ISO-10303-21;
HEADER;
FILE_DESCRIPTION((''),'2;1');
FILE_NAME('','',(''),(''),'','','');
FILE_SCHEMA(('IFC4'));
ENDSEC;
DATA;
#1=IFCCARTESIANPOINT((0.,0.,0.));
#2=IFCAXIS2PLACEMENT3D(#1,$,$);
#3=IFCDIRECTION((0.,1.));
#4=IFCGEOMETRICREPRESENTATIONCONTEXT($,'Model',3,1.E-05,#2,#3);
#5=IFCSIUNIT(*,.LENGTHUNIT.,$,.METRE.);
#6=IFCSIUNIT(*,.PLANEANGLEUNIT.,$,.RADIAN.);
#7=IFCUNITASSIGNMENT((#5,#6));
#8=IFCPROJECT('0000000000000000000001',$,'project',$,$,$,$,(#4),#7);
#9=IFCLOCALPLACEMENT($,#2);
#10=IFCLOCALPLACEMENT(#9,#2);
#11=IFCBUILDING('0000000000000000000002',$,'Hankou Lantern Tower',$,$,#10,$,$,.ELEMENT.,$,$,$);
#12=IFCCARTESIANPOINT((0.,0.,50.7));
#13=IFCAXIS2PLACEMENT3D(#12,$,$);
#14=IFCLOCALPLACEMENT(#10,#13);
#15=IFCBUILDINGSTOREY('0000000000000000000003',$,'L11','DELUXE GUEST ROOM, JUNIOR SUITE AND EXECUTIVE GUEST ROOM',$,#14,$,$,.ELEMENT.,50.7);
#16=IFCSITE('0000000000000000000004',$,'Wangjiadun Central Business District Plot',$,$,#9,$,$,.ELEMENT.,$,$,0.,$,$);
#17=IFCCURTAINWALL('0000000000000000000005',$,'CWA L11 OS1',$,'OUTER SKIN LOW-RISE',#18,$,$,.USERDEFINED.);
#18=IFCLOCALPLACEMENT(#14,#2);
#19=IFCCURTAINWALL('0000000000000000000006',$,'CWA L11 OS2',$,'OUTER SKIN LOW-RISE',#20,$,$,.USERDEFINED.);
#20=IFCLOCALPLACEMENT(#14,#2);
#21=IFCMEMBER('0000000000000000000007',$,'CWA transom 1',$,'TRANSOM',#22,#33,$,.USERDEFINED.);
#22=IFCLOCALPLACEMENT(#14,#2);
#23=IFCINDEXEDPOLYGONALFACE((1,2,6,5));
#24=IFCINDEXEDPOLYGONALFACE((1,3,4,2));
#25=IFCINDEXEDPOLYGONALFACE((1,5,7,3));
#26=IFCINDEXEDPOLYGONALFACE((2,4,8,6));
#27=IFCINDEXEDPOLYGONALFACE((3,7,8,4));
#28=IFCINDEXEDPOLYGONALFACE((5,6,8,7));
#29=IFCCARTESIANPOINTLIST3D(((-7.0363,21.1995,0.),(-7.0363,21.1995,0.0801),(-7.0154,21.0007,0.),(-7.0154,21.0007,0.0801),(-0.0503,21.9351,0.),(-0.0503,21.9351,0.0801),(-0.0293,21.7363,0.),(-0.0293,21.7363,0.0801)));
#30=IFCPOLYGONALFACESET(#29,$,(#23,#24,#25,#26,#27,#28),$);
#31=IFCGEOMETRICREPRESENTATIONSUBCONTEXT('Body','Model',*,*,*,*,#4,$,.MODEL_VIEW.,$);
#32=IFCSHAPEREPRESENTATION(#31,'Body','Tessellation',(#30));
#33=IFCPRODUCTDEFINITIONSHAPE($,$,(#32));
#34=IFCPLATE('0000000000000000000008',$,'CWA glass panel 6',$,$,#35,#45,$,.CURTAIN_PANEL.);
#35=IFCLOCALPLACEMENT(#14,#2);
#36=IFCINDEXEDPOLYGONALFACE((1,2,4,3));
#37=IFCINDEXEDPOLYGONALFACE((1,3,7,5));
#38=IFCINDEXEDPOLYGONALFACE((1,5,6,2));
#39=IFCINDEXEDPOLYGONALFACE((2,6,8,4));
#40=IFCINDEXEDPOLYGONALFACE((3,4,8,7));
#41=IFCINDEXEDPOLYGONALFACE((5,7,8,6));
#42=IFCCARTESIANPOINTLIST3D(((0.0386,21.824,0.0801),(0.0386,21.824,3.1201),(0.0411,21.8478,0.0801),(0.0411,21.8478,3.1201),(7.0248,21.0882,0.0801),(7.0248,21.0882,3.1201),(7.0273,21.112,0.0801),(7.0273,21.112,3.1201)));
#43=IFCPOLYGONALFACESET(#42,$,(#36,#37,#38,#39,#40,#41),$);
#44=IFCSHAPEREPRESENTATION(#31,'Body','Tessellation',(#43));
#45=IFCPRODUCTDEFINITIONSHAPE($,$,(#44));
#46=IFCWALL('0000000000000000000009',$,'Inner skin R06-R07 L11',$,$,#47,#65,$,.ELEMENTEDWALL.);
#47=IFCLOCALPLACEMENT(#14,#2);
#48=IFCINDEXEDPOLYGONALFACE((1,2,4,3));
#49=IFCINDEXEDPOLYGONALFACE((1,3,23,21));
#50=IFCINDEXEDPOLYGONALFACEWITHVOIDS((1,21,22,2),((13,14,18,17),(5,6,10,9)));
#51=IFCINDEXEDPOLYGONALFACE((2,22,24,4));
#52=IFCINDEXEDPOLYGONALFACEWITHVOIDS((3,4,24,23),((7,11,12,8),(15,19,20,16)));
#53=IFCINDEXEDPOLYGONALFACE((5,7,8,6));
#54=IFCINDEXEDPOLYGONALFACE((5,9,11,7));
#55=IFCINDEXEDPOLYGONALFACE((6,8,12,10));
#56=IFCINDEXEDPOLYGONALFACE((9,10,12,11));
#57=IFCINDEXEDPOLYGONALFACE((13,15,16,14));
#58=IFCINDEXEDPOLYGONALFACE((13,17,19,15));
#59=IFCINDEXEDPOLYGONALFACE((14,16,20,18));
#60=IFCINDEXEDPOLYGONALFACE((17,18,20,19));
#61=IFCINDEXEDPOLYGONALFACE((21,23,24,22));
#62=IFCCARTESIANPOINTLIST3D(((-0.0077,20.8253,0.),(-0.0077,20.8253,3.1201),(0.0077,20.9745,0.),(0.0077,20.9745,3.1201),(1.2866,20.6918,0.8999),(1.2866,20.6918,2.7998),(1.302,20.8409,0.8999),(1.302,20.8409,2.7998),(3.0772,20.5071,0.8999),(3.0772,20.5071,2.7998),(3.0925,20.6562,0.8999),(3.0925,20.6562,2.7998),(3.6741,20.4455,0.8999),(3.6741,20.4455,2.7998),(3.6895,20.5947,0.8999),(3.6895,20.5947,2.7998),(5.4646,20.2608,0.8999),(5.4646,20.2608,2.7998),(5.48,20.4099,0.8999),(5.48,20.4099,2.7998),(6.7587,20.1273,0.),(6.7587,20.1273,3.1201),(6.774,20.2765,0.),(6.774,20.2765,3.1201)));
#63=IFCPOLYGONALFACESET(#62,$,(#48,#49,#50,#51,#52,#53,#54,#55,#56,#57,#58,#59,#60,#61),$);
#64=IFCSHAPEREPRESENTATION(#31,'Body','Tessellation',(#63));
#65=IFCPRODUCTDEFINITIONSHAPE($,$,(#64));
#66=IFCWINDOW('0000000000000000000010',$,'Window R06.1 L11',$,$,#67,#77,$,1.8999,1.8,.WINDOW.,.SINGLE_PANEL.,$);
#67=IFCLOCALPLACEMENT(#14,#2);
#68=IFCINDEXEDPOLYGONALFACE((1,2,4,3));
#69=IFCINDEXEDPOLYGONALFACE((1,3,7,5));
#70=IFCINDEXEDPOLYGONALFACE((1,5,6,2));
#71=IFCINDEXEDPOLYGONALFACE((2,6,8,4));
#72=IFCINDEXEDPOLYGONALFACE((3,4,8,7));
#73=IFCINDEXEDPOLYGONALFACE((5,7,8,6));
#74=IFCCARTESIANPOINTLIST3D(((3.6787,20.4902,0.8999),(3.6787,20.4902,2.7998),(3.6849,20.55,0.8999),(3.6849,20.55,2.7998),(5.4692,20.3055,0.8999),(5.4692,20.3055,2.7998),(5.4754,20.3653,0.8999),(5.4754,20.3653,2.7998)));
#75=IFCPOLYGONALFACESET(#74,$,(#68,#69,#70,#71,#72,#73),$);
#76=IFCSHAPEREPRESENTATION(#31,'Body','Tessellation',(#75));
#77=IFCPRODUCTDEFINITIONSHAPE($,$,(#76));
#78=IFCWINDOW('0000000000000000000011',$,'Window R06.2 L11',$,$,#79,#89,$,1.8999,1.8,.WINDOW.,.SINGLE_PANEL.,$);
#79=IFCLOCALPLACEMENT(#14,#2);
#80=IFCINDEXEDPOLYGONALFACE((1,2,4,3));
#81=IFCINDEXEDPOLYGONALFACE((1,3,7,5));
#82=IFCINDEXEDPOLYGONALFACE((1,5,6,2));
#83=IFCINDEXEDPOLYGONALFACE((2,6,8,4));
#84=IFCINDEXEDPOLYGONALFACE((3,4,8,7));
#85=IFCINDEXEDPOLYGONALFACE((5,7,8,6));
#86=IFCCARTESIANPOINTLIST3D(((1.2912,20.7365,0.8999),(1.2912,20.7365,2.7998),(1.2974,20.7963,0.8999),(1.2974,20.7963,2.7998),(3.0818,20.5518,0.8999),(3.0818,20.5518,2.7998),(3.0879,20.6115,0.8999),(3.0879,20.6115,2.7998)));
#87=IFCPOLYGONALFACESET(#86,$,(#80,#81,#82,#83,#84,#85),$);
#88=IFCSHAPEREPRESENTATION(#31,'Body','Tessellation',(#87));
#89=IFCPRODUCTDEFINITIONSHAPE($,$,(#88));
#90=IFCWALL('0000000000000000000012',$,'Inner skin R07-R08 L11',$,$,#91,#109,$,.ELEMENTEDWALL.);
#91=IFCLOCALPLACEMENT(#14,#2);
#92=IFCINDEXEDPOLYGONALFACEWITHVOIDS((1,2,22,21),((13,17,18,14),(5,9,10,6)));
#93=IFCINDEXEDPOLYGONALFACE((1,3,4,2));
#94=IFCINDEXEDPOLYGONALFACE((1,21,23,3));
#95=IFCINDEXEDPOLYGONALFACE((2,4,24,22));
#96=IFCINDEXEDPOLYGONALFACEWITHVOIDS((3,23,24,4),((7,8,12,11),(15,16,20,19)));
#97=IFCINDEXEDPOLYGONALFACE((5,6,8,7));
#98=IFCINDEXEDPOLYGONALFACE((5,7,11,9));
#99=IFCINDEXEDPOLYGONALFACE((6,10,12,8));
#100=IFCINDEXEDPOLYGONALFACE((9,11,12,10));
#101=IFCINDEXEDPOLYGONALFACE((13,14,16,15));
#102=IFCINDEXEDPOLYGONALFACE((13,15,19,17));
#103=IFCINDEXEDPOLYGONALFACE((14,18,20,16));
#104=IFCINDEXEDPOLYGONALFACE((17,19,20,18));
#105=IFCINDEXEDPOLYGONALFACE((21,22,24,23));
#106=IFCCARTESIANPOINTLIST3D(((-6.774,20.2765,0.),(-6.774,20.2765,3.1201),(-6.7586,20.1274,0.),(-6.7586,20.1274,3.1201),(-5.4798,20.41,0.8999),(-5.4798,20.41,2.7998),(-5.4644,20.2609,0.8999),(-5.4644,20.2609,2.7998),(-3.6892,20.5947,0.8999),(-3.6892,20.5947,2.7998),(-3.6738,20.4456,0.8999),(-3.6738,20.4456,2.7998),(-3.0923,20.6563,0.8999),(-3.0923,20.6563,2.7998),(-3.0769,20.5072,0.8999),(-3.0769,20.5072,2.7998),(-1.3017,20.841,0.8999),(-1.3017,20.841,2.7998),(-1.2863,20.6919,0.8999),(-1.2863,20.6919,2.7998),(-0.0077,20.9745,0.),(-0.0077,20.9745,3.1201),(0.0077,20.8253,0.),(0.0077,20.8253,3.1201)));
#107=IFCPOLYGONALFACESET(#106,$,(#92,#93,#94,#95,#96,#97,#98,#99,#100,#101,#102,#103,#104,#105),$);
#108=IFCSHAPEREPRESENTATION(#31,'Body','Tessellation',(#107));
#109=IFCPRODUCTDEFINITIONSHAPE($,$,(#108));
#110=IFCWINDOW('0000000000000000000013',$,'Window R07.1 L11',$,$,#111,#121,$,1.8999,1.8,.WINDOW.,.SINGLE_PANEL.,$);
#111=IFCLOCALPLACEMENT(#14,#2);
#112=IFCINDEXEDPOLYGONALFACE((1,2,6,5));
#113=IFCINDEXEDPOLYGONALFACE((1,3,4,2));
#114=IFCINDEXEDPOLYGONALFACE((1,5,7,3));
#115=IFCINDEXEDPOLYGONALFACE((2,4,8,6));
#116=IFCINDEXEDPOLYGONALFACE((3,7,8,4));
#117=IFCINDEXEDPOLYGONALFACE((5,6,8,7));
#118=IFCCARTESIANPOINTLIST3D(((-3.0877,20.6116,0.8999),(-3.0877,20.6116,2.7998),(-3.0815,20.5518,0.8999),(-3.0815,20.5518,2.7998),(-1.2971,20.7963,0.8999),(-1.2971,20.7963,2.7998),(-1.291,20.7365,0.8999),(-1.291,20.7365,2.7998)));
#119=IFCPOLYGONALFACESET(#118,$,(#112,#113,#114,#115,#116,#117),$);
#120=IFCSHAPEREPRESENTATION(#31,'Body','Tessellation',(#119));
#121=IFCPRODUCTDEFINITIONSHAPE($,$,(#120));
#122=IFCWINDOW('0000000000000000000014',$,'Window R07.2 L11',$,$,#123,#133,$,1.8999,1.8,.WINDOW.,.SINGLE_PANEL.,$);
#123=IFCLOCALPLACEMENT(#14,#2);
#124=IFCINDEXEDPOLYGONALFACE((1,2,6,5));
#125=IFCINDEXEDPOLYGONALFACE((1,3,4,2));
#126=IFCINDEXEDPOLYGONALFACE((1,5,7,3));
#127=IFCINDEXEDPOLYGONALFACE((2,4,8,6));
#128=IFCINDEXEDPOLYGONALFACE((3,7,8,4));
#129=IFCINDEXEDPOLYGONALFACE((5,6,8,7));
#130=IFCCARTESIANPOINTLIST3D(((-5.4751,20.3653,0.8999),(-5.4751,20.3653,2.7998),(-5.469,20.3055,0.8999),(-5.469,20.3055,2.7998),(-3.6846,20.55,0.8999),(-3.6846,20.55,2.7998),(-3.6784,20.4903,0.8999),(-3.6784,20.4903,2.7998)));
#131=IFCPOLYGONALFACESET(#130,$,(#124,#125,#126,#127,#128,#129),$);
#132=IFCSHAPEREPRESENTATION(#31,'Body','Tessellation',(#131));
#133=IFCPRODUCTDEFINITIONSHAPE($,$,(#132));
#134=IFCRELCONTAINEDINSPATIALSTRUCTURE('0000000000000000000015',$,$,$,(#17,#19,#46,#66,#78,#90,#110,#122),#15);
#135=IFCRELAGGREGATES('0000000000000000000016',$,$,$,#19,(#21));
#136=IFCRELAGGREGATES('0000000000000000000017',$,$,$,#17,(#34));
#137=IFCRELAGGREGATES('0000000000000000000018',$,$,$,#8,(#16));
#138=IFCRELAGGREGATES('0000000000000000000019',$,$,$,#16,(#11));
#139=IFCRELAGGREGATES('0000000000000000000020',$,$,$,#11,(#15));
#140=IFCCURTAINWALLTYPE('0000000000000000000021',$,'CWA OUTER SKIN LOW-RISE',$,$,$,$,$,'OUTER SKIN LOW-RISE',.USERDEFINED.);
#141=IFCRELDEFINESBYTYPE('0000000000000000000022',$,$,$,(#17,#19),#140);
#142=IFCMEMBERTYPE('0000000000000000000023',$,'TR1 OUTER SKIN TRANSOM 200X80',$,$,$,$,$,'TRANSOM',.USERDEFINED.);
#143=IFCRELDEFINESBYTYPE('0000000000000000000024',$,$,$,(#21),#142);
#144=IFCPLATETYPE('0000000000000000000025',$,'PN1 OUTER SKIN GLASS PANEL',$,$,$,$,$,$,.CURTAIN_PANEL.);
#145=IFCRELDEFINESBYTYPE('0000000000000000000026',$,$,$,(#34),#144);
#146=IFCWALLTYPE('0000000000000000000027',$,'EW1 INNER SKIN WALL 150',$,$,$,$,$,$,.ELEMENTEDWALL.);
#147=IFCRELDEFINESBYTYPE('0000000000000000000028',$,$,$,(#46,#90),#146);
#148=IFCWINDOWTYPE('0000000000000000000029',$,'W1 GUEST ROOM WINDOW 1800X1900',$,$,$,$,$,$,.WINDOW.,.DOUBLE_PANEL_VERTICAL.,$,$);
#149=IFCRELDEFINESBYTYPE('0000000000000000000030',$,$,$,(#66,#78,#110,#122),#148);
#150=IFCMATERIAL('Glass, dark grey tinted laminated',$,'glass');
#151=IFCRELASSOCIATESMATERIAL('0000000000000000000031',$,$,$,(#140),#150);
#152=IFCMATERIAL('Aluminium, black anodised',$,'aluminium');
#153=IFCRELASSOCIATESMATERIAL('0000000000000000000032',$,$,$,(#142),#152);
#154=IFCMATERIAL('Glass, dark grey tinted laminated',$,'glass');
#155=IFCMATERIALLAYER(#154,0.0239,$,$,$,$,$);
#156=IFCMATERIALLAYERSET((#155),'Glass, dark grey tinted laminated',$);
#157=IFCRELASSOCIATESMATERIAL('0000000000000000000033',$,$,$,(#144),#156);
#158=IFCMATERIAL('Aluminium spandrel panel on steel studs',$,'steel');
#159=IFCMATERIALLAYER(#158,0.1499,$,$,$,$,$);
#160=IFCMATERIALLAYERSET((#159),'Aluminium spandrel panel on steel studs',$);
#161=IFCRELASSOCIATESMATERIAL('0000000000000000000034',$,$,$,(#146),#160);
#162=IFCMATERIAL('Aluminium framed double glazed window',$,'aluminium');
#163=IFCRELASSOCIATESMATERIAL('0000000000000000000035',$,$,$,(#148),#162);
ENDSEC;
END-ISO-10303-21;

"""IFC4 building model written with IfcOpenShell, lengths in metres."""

from ifc_helpers import new_model, si_unit, direction, frame, frame_2d, origin, origin_2d, place, context, subcontext, project, spatial, rectangle, extrude, material, layer, layer_set, material_profile, profile_set, type_object, element, fill, aggregate, save


model = new_model("IFC4")

# Units and contexts
model_context = context("Model", 3, precision=1e-05, world=origin(), true_north=direction((0.0, 1.0)))
body_context = subcontext(model_context, "Body", "Model", "MODEL_VIEW")
ifc_project = project(units=[si_unit("LENGTHUNIT", "METRE"), si_unit("PLANEANGLEUNIT", "RADIAN")], contexts=[model_context])

# Site, building, storey
site_placement = place(None, origin())
site = spatial("IfcSite", under=ifc_project, at=site_placement, Name="Wangjiadun Central Business District Plot", CompositionType="ELEMENT", RefElevation=0.0)
building_placement = place(site_placement, origin())
building = spatial("IfcBuilding", under=site, at=building_placement, Name="Hankou Lantern Tower", CompositionType="ELEMENT")
storey_placement = place(building_placement, frame((0.0, 0.0, 50.7)))
storey = spatial("IfcBuildingStorey", under=building, at=storey_placement, Name="L11", Description="DELUXE GUEST ROOM, JUNIOR SUITE AND EXECUTIVE GUEST ROOM", CompositionType="ELEMENT", Elevation=50.7)

# Curtain walls
ifc_material_1 = material(Name="Glass, dark grey tinted laminated", Category="glass")
curtain_wall_type = type_object("IfcCurtainWallType", Name="CWA OUTER SKIN LOW-RISE", ElementType="OUTER SKIN LOW-RISE", PredefinedType="USERDEFINED", material=ifc_material_1)
curtain_wall_1_placement = place(storey_placement, origin())
curtain_wall_1 = element("IfcCurtainWall", 1, at=curtain_wall_1_placement, inside=storey, type_object=curtain_wall_type, Name="CWA L11 OS1", ObjectType="OUTER SKIN LOW-RISE", PredefinedType="USERDEFINED")
curtain_wall_2_placement = place(storey_placement, origin())
curtain_wall_2 = element("IfcCurtainWall", 2, at=curtain_wall_2_placement, inside=storey, type_object=curtain_wall_type, Name="CWA L11 OS2", ObjectType="OUTER SKIN LOW-RISE", PredefinedType="USERDEFINED")

# Member
ifc_material_2 = material(Name="Aluminium, black anodised", Category="aluminium")
ifc_material_profile_1 = material_profile(ifc_material_2, rectangle(XDim=0.2, YDim=0.0801, at=origin_2d()), Name="TR1 200X80")
ifc_profile_set_1 = profile_set([ifc_material_profile_1], Name="Aluminium, black anodised")
member_type_1 = type_object("IfcMemberType", Name="TR1 OUTER SKIN TRANSOM 200X80", ElementType="TRANSOM", PredefinedType="USERDEFINED", material=ifc_profile_set_1)
member_1_placement = place(storey_placement, frame((-0.0398, 21.8357, 0.04), z_axis=(-0.994502, -0.104716, 0.0), x_axis=(0.104716, -0.994502, 0.0)))
member_1 = element("IfcMember", 3, at=member_1_placement, type_object=member_type_1, Name="CWA transom 1", ObjectType="TRANSOM", PredefinedType="USERDEFINED", context=body_context, shape_type="SweptSolid", body=[
    extrude(rectangle(XDim=0.2, YDim=0.0801, at=origin_2d()), origin(), (0.0, 0.0, 1.0), 7.0247),
])
aggregate(curtain_wall_2, [member_1])

# Plate
ifc_material_3 = material(Name="Glass, dark grey tinted laminated", Category="glass")
ifc_layer_1 = layer(ifc_material_3, 0.0239)
ifc_layer_set_1 = layer_set([ifc_layer_1], Name="Glass, dark grey tinted laminated")
plate_type = type_object("IfcPlateType", Name="PN1 OUTER SKIN GLASS PANEL", PredefinedType="CURTAIN_PANEL", material=ifc_layer_set_1)
plate_placement = place(storey_placement, frame((3.533, 21.468, 0.0801), z_axis=(0.0, 0.0, 1.0), x_axis=(-0.994499, 0.104743, 0.0)))
plate = element("IfcPlate", 4, at=plate_placement, type_object=plate_type, Name="CWA glass panel 6", PredefinedType="CURTAIN_PANEL", context=body_context, shape_type="SweptSolid", body=[
    extrude(rectangle(XDim=7.0249, YDim=0.0239, at=origin_2d()), origin(), (0.0, 0.0, 1.0), 3.04),
])
aggregate(curtain_wall_1, [plate])

# Walls, openings, windows
ifc_material_4 = material(Name="Aluminium spandrel panel on steel studs", Category="steel")
ifc_layer_2 = layer(ifc_material_4, 0.1499)
ifc_layer_set_2 = layer_set([ifc_layer_2], Name="Aluminium spandrel panel on steel studs")
wall_type = type_object("IfcWallType", Name="EW1 INNER SKIN WALL 150", PredefinedType="ELEMENTEDWALL", material=ifc_layer_set_2)
wall_1_placement = place(storey_placement, frame((6.7664, 20.2019, 0.0), z_axis=(0.0, 0.0, 1.0), x_axis=(-0.994721, 0.102613, 0.0)))
wall_1 = element("IfcWall", 5, at=wall_1_placement, inside=storey, type_object=wall_type, Name="Inner skin R06-R07 L11", PredefinedType="ELEMENTEDWALL", context=body_context, shape_type="SweptSolid", body=[
    extrude(rectangle(XDim=6.8022, YDim=0.1499, at=frame_2d((3.4011, 0.0))), origin(), (0.0, 0.0, 1.0), 3.1201),
])
opening_1_placement = place(wall_1_placement, frame((1.301, 0.0, 0.8999)))
opening_1 = element("IfcOpeningElement", 6, at=opening_1_placement, cuts=wall_1, PredefinedType="OPENING", context=body_context, shape_type="SweptSolid", body=[
    extrude(rectangle(XDim=1.8, YDim=1.8999, at=frame_2d((0.8999, 0.95))), frame((0.0, 0.085, 0.0), z_axis=(0.0, -1.0, 0.0), x_axis=(1.0, 0.0, 0.0)), (0.0, 0.0, 1.0), 0.1699),
])
opening_2_placement = place(wall_1_placement, frame((3.7012, 0.0, 0.8999)))
opening_2 = element("IfcOpeningElement", 7, at=opening_2_placement, cuts=wall_1, PredefinedType="OPENING", context=body_context, shape_type="SweptSolid", body=[
    extrude(rectangle(XDim=1.8, YDim=1.8999, at=frame_2d((0.8999, 0.95))), frame((0.0, 0.085, 0.0), z_axis=(0.0, -1.0, 0.0), x_axis=(1.0, 0.0, 0.0)), (0.0, 0.0, 1.0), 0.1699),
])
ifc_material_5 = material(Name="Aluminium framed double glazed window", Category="aluminium")
window_type = type_object("IfcWindowType", Name="W1 GUEST ROOM WINDOW 1800X1900", PartitioningType="DOUBLE_PANEL_VERTICAL", PredefinedType="WINDOW", material=ifc_material_5)
window_1_placement = place(opening_1_placement, origin())
window_1 = element("IfcWindow", 8, at=window_1_placement, inside=storey, type_object=window_type, Name="Window R06.1 L11", OverallHeight=1.8999, OverallWidth=1.8, PartitioningType="SINGLE_PANEL", PredefinedType="WINDOW", context=body_context, shape_type="SweptSolid", body=[
    extrude(rectangle(XDim=1.8, YDim=1.8999, at=frame_2d((0.8999, 0.95))), frame((0.0, 0.03, 0.0), z_axis=(0.0, -1.0, 0.0), x_axis=(1.0, 0.0, 0.0)), (0.0, 0.0, 1.0), 0.0601),
])
fill(opening_1, window_1)
window_2_placement = place(opening_2_placement, origin())
window_2 = element("IfcWindow", 9, at=window_2_placement, inside=storey, type_object=window_type, Name="Window R06.2 L11", OverallHeight=1.8999, OverallWidth=1.8, PartitioningType="SINGLE_PANEL", PredefinedType="WINDOW", context=body_context, shape_type="SweptSolid", body=[
    extrude(rectangle(XDim=1.8, YDim=1.8999, at=frame_2d((0.8999, 0.95))), frame((0.0, 0.03, 0.0), z_axis=(0.0, -1.0, 0.0), x_axis=(1.0, 0.0, 0.0)), (0.0, 0.0, 1.0), 0.0601),
])
fill(opening_2, window_2)
wall_2_placement = place(storey_placement, frame((0.0, 20.8999, 0.0), z_axis=(0.0, 0.0, 1.0), x_axis=(-0.994721, -0.102613, 0.0)))
wall_2 = element("IfcWall", 10, at=wall_2_placement, inside=storey, type_object=wall_type, Name="Inner skin R07-R08 L11", PredefinedType="ELEMENTEDWALL", context=body_context, shape_type="SweptSolid", body=[
    extrude(rectangle(XDim=6.8022, YDim=0.1499, at=frame_2d((3.4011, 0.0))), origin(), (0.0, 0.0, 1.0), 3.1201),
])
opening_3_placement = place(wall_2_placement, frame((1.301, 0.0, 0.8999)))
opening_3 = element("IfcOpeningElement", 11, at=opening_3_placement, cuts=wall_2, PredefinedType="OPENING", context=body_context, shape_type="SweptSolid", body=[
    extrude(rectangle(XDim=1.8, YDim=1.8999, at=frame_2d((0.8999, 0.95))), frame((0.0, 0.085, 0.0), z_axis=(0.0, -1.0, 0.0), x_axis=(1.0, 0.0, 0.0)), (0.0, 0.0, 1.0), 0.1699),
])
opening_4_placement = place(wall_2_placement, frame((3.7012, 0.0, 0.8999)))
opening_4 = element("IfcOpeningElement", 12, at=opening_4_placement, cuts=wall_2, PredefinedType="OPENING", context=body_context, shape_type="SweptSolid", body=[
    extrude(rectangle(XDim=1.8, YDim=1.8999, at=frame_2d((0.8999, 0.95))), frame((0.0, 0.085, 0.0), z_axis=(0.0, -1.0, 0.0), x_axis=(1.0, 0.0, 0.0)), (0.0, 0.0, 1.0), 0.1699),
])
window_3_placement = place(opening_3_placement, origin())
window_3 = element("IfcWindow", 13, at=window_3_placement, inside=storey, type_object=window_type, Name="Window R07.1 L11", OverallHeight=1.8999, OverallWidth=1.8, PartitioningType="SINGLE_PANEL", PredefinedType="WINDOW", context=body_context, shape_type="SweptSolid", body=[
    extrude(rectangle(XDim=1.8, YDim=1.8999, at=frame_2d((0.8999, 0.95))), frame((0.0, 0.03, 0.0), z_axis=(0.0, -1.0, 0.0), x_axis=(1.0, 0.0, 0.0)), (0.0, 0.0, 1.0), 0.0601),
])
fill(opening_3, window_3)
window_4_placement = place(opening_4_placement, origin())
window_4 = element("IfcWindow", 14, at=window_4_placement, inside=storey, type_object=window_type, Name="Window R07.2 L11", OverallHeight=1.8999, OverallWidth=1.8, PartitioningType="SINGLE_PANEL", PredefinedType="WINDOW", context=body_context, shape_type="SweptSolid", body=[
    extrude(rectangle(XDim=1.8, YDim=1.8999, at=frame_2d((0.8999, 0.95))), frame((0.0, 0.03, 0.0), z_axis=(0.0, -1.0, 0.0), x_axis=(1.0, 0.0, 0.0)), (0.0, 0.0, 1.0), 0.0601),
])
fill(opening_4, window_4)

save(model, "model.ifc")
